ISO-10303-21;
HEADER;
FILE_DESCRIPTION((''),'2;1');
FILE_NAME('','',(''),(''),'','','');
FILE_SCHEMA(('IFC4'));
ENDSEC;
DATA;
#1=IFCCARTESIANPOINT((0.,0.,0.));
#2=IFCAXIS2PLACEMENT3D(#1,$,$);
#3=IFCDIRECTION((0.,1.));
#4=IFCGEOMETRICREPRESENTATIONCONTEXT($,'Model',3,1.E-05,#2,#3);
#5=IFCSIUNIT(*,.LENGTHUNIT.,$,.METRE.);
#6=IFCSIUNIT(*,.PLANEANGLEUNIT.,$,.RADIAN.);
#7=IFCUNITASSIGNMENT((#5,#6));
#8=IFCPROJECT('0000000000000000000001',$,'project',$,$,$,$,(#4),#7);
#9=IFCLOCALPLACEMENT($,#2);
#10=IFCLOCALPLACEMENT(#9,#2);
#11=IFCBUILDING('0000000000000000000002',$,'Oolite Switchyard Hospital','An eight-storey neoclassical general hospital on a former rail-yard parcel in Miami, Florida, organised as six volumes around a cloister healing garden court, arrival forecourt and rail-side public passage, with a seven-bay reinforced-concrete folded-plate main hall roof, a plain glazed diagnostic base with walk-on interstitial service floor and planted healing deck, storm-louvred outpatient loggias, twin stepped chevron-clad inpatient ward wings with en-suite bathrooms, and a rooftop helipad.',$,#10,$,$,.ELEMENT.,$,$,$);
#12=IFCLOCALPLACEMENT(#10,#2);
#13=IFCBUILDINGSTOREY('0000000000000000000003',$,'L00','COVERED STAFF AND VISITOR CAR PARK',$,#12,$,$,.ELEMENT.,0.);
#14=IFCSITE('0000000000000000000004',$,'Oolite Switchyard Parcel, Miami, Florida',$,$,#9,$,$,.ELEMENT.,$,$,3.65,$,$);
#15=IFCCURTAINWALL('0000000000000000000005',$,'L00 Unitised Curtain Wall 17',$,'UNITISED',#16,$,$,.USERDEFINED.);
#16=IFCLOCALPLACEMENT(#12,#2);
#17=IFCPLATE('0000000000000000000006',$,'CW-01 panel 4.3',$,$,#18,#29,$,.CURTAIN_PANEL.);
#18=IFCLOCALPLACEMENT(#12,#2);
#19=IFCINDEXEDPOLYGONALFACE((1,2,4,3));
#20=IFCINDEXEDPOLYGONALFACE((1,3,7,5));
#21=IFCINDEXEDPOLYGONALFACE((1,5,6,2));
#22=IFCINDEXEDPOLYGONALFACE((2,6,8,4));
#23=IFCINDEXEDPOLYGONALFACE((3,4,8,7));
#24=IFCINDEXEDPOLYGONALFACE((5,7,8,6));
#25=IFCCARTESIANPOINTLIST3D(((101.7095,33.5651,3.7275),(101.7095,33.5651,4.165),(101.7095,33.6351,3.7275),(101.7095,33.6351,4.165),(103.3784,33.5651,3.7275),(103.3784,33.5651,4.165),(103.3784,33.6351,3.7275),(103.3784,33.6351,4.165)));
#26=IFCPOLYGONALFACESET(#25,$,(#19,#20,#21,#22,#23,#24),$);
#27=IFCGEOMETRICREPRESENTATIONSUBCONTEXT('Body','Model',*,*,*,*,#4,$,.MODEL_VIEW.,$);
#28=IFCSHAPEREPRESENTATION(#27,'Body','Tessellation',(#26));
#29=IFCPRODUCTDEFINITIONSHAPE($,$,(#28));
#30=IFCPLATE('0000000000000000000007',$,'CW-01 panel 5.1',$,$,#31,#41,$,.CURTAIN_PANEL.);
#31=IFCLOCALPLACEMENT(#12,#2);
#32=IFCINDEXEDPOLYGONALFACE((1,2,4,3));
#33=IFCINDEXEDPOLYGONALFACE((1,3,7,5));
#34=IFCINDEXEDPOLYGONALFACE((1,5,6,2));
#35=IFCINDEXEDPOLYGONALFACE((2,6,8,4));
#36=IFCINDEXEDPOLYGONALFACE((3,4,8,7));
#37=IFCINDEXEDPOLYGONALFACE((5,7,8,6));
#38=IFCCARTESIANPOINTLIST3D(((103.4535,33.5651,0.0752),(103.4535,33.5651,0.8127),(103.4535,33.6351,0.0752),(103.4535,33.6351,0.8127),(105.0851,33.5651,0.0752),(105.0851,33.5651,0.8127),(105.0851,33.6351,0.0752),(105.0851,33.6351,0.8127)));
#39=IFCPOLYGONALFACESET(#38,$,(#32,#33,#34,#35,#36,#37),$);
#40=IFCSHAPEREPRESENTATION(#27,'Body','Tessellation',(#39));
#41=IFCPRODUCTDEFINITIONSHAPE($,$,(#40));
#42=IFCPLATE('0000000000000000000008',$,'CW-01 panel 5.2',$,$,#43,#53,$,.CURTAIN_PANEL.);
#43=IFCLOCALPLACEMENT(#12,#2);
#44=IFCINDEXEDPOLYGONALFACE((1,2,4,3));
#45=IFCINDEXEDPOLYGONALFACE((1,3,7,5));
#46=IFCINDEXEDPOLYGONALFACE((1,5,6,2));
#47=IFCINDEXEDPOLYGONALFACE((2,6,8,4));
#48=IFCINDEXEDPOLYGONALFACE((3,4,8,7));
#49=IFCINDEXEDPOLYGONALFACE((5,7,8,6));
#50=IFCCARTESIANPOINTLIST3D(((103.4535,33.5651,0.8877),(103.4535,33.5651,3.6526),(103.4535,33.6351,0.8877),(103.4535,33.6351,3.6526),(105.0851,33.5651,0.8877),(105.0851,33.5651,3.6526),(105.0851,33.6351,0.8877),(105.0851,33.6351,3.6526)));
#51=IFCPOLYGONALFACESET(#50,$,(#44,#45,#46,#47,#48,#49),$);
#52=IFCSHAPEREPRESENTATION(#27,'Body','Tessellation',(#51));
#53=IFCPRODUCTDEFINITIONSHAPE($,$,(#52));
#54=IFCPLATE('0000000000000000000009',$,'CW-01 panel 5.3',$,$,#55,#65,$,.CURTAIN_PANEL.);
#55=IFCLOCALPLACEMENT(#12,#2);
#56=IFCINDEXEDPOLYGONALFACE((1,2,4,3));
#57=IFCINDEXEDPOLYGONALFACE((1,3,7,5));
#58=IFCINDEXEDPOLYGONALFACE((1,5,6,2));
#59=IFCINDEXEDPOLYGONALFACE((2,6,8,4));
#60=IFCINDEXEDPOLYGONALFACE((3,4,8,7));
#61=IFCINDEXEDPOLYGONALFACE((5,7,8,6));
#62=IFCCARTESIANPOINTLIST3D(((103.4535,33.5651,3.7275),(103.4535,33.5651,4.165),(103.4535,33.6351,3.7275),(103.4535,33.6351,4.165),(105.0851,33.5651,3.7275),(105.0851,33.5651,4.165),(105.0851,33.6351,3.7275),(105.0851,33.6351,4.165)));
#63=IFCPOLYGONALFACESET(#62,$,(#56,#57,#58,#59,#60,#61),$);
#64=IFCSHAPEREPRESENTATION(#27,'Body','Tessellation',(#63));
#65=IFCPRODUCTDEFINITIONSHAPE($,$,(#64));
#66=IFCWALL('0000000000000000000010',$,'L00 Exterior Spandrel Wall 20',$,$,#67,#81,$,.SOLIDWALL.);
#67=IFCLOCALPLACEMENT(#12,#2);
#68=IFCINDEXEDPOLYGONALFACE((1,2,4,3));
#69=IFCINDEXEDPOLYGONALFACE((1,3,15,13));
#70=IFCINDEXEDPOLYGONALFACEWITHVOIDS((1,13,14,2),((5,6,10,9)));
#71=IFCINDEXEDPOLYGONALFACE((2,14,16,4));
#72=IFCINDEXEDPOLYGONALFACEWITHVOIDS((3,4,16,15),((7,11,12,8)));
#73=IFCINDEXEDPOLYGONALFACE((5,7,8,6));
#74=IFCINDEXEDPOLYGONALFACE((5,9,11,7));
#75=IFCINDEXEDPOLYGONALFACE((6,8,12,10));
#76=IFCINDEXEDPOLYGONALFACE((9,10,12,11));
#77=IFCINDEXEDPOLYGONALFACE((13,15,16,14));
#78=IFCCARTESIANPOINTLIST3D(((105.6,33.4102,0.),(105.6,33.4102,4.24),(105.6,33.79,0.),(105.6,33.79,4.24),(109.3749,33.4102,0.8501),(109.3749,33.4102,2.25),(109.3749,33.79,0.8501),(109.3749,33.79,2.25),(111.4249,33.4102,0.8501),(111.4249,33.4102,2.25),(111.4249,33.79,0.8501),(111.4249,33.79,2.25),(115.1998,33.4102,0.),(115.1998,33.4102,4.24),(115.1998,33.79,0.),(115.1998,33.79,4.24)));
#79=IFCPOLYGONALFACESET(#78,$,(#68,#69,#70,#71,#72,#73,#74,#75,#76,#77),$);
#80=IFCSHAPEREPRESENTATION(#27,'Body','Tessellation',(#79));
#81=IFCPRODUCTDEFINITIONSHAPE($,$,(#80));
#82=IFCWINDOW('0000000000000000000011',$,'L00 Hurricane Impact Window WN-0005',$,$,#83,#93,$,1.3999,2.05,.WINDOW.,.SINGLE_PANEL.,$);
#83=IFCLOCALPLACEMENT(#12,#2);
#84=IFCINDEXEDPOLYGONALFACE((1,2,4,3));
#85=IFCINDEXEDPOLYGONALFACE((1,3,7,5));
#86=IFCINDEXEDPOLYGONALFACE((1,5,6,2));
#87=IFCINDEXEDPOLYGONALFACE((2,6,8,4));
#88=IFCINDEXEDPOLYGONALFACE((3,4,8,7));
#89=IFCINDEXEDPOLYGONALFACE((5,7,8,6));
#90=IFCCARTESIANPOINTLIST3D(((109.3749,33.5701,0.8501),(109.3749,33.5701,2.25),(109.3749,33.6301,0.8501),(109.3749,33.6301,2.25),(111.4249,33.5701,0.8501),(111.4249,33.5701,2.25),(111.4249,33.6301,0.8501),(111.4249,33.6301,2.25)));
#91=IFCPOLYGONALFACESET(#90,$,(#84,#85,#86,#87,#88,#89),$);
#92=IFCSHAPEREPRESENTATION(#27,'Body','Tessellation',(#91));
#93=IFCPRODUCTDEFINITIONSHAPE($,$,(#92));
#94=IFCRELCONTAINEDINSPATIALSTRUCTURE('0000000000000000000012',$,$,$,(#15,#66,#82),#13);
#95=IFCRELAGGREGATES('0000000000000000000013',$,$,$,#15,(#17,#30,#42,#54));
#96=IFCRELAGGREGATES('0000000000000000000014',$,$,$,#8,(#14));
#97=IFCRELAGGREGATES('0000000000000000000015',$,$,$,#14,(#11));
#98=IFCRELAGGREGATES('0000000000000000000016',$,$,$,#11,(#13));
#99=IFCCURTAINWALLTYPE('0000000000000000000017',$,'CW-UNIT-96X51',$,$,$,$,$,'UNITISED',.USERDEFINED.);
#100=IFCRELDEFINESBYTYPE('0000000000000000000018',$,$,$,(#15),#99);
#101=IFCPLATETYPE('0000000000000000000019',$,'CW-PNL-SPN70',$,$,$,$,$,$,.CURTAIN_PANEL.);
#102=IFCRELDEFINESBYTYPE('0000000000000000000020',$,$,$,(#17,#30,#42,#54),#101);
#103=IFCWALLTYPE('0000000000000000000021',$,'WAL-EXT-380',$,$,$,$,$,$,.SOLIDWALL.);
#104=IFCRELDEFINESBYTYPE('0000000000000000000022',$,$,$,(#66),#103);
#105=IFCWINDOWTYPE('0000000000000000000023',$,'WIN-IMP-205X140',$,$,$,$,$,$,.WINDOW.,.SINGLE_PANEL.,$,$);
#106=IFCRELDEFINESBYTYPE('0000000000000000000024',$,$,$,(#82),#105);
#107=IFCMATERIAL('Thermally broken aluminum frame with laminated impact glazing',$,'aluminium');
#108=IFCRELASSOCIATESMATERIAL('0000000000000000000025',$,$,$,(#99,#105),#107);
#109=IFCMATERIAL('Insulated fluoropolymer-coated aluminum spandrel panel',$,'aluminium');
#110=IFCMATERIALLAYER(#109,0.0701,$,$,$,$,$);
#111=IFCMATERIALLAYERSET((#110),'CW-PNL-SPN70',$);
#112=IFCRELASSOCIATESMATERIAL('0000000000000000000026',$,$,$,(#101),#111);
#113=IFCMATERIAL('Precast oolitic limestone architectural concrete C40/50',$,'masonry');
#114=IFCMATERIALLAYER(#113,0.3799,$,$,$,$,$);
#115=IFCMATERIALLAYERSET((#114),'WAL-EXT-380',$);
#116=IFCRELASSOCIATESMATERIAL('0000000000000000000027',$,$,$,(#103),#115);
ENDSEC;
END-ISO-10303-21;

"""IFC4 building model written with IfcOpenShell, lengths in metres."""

from ifc_helpers import new_model, si_unit, direction, frame, frame_2d, origin, origin_2d, place, context, subcontext, project, spatial, rectangle, extrude, material, layer, layer_set, type_object, element, fill, aggregate, save


model = new_model("IFC4")

# Units and contexts
model_context = context("Model", 3, precision=1e-05, world=origin(), true_north=direction((0.0, 1.0)))
body_context = subcontext(model_context, "Body", "Model", "MODEL_VIEW")
ifc_project = project(units=[si_unit("LENGTHUNIT", "METRE"), si_unit("PLANEANGLEUNIT", "RADIAN")], contexts=[model_context])

# Site, building, storey
site_placement = place(None, origin())
site = spatial("IfcSite", under=ifc_project, at=site_placement, Name="Oolite Switchyard Parcel, Miami, Florida", CompositionType="ELEMENT", RefElevation=3.65)
building_placement = place(site_placement, origin())
building = spatial("IfcBuilding", under=site, at=building_placement, Name="Oolite Switchyard Hospital", Description="An eight-storey neoclassical general hospital on a former rail-yard parcel in Miami, Florida, organised as six volumes around a cloister healing garden court, arrival forecourt and rail-side public passage, with a seven-bay reinforced-concrete folded-plate main hall roof, a plain glazed diagnostic base with walk-on interstitial service floor and planted healing deck, storm-louvred outpatient loggias, twin stepped chevron-clad inpatient ward wings with en-suite bathrooms, and a rooftop helipad.", CompositionType="ELEMENT")
storey_placement = place(building_placement, origin())
storey = spatial("IfcBuildingStorey", under=building, at=storey_placement, Name="L00", Description="COVERED STAFF AND VISITOR CAR PARK", CompositionType="ELEMENT", Elevation=0.0)

# Curtain wall, plates
ifc_material_1 = material(Name="Thermally broken aluminum frame with laminated impact glazing", Category="aluminium")
curtain_wall_type = type_object("IfcCurtainWallType", Name="CW-UNIT-96X51", ElementType="UNITISED", PredefinedType="USERDEFINED", material=ifc_material_1)
curtain_wall_placement = place(storey_placement, origin())
curtain_wall = element("IfcCurtainWall", 1, at=curtain_wall_placement, inside=storey, type_object=curtain_wall_type, Name="L00 Unitised Curtain Wall 17", ObjectType="UNITISED", PredefinedType="USERDEFINED")
ifc_material_2 = material(Name="Insulated fluoropolymer-coated aluminum spandrel panel", Category="aluminium")
ifc_layer_1 = layer(ifc_material_2, 0.0701)
ifc_layer_set_1 = layer_set([ifc_layer_1], Name="CW-PNL-SPN70")
plate_type = type_object("IfcPlateType", Name="CW-PNL-SPN70", PredefinedType="CURTAIN_PANEL", material=ifc_layer_set_1)
plate_1_placement = place(storey_placement, frame((102.5439, 33.6001, 3.7275), z_axis=(0.0, 0.0, 1.0), x_axis=(1.0, 0.0, 0.0)))
plate_1 = element("IfcPlate", 2, at=plate_1_placement, type_object=plate_type, Name="CW-01 panel 4.3", PredefinedType="CURTAIN_PANEL", context=body_context, shape_type="SweptSolid", body=[
    extrude(rectangle(XDim=1.6689, YDim=0.0701, at=origin_2d()), origin(), (0.0, 0.0, 1.0), 0.4375),
])
plate_2_placement = place(storey_placement, frame((104.2693, 33.6001, 0.0752), z_axis=(0.0, 0.0, 1.0), x_axis=(1.0, 0.0, 0.0)))
plate_2 = element("IfcPlate", 3, at=plate_2_placement, type_object=plate_type, Name="CW-01 panel 5.1", PredefinedType="CURTAIN_PANEL", context=body_context, shape_type="SweptSolid", body=[
    extrude(rectangle(XDim=1.6316, YDim=0.0701, at=origin_2d()), origin(), (0.0, 0.0, 1.0), 0.7375),
])
plate_3_placement = place(storey_placement, frame((104.2693, 33.6001, 0.8877), z_axis=(0.0, 0.0, 1.0), x_axis=(1.0, 0.0, 0.0)))
plate_3 = element("IfcPlate", 4, at=plate_3_placement, type_object=plate_type, Name="CW-01 panel 5.2", PredefinedType="CURTAIN_PANEL", context=body_context, shape_type="SweptSolid", body=[
    extrude(rectangle(XDim=1.6316, YDim=0.0701, at=origin_2d()), origin(), (0.0, 0.0, 1.0), 2.7649),
])
plate_4_placement = place(storey_placement, frame((104.2693, 33.6001, 3.7275), z_axis=(0.0, 0.0, 1.0), x_axis=(1.0, 0.0, 0.0)))
plate_4 = element("IfcPlate", 5, at=plate_4_placement, type_object=plate_type, Name="CW-01 panel 5.3", PredefinedType="CURTAIN_PANEL", context=body_context, shape_type="SweptSolid", body=[
    extrude(rectangle(XDim=1.6316, YDim=0.0701, at=origin_2d()), origin(), (0.0, 0.0, 1.0), 0.4375),
])
aggregate(curtain_wall, [plate_1, plate_2, plate_3, plate_4])

# Wall, opening, window
ifc_material_3 = material(Name="Precast oolitic limestone architectural concrete C40/50", Category="masonry")
ifc_layer_2 = layer(ifc_material_3, 0.3799)
ifc_layer_set_2 = layer_set([ifc_layer_2], Name="WAL-EXT-380")
wall_type = type_object("IfcWallType", Name="WAL-EXT-380", PredefinedType="SOLIDWALL", material=ifc_layer_set_2)
wall_placement = place(storey_placement, frame((105.6001, 33.6001, 0.0), z_axis=(0.0, 0.0, 1.0), x_axis=(1.0, 0.0, 0.0)))
wall = element("IfcWall", 6, at=wall_placement, inside=storey, type_object=wall_type, Name="L00 Exterior Spandrel Wall 20", PredefinedType="SOLIDWALL", context=body_context, shape_type="SweptSolid", body=[
    extrude(rectangle(XDim=9.5999, YDim=0.3799, at=frame_2d((4.7998, 0.0))), origin(), (0.0, 0.0, 1.0), 4.24),
])
opening_placement = place(wall_placement, frame((3.7749, 0.0, 0.8501)))
opening = element("IfcOpeningElement", 7, at=opening_placement, cuts=wall, PredefinedType="OPENING", context=body_context, shape_type="SweptSolid", body=[
    extrude(rectangle(XDim=2.05, YDim=1.3999, at=frame_2d((1.0249, 0.7))), frame((0.0, 0.2, 0.0), z_axis=(0.0, -1.0, 0.0), x_axis=(1.0, 0.0, 0.0)), (0.0, 0.0, 1.0), 0.3999),
])
window_type = type_object("IfcWindowType", Name="WIN-IMP-205X140", PartitioningType="SINGLE_PANEL", PredefinedType="WINDOW", material=ifc_material_1)
window_placement = place(opening_placement, origin())
window = element("IfcWindow", 8, at=window_placement, inside=storey, type_object=window_type, Name="L00 Hurricane Impact Window WN-0005", OverallHeight=1.3999, OverallWidth=2.05, PartitioningType="SINGLE_PANEL", PredefinedType="WINDOW", context=body_context, shape_type="SweptSolid", body=[
    extrude(rectangle(XDim=2.05, YDim=1.3999, at=frame_2d((1.0249, 0.7))), frame((0.0, 0.03, 0.0), z_axis=(0.0, -1.0, 0.0), x_axis=(1.0, 0.0, 0.0)), (0.0, 0.0, 1.0), 0.0601),
])
fill(opening, window)

save(model, "model.ifc")
